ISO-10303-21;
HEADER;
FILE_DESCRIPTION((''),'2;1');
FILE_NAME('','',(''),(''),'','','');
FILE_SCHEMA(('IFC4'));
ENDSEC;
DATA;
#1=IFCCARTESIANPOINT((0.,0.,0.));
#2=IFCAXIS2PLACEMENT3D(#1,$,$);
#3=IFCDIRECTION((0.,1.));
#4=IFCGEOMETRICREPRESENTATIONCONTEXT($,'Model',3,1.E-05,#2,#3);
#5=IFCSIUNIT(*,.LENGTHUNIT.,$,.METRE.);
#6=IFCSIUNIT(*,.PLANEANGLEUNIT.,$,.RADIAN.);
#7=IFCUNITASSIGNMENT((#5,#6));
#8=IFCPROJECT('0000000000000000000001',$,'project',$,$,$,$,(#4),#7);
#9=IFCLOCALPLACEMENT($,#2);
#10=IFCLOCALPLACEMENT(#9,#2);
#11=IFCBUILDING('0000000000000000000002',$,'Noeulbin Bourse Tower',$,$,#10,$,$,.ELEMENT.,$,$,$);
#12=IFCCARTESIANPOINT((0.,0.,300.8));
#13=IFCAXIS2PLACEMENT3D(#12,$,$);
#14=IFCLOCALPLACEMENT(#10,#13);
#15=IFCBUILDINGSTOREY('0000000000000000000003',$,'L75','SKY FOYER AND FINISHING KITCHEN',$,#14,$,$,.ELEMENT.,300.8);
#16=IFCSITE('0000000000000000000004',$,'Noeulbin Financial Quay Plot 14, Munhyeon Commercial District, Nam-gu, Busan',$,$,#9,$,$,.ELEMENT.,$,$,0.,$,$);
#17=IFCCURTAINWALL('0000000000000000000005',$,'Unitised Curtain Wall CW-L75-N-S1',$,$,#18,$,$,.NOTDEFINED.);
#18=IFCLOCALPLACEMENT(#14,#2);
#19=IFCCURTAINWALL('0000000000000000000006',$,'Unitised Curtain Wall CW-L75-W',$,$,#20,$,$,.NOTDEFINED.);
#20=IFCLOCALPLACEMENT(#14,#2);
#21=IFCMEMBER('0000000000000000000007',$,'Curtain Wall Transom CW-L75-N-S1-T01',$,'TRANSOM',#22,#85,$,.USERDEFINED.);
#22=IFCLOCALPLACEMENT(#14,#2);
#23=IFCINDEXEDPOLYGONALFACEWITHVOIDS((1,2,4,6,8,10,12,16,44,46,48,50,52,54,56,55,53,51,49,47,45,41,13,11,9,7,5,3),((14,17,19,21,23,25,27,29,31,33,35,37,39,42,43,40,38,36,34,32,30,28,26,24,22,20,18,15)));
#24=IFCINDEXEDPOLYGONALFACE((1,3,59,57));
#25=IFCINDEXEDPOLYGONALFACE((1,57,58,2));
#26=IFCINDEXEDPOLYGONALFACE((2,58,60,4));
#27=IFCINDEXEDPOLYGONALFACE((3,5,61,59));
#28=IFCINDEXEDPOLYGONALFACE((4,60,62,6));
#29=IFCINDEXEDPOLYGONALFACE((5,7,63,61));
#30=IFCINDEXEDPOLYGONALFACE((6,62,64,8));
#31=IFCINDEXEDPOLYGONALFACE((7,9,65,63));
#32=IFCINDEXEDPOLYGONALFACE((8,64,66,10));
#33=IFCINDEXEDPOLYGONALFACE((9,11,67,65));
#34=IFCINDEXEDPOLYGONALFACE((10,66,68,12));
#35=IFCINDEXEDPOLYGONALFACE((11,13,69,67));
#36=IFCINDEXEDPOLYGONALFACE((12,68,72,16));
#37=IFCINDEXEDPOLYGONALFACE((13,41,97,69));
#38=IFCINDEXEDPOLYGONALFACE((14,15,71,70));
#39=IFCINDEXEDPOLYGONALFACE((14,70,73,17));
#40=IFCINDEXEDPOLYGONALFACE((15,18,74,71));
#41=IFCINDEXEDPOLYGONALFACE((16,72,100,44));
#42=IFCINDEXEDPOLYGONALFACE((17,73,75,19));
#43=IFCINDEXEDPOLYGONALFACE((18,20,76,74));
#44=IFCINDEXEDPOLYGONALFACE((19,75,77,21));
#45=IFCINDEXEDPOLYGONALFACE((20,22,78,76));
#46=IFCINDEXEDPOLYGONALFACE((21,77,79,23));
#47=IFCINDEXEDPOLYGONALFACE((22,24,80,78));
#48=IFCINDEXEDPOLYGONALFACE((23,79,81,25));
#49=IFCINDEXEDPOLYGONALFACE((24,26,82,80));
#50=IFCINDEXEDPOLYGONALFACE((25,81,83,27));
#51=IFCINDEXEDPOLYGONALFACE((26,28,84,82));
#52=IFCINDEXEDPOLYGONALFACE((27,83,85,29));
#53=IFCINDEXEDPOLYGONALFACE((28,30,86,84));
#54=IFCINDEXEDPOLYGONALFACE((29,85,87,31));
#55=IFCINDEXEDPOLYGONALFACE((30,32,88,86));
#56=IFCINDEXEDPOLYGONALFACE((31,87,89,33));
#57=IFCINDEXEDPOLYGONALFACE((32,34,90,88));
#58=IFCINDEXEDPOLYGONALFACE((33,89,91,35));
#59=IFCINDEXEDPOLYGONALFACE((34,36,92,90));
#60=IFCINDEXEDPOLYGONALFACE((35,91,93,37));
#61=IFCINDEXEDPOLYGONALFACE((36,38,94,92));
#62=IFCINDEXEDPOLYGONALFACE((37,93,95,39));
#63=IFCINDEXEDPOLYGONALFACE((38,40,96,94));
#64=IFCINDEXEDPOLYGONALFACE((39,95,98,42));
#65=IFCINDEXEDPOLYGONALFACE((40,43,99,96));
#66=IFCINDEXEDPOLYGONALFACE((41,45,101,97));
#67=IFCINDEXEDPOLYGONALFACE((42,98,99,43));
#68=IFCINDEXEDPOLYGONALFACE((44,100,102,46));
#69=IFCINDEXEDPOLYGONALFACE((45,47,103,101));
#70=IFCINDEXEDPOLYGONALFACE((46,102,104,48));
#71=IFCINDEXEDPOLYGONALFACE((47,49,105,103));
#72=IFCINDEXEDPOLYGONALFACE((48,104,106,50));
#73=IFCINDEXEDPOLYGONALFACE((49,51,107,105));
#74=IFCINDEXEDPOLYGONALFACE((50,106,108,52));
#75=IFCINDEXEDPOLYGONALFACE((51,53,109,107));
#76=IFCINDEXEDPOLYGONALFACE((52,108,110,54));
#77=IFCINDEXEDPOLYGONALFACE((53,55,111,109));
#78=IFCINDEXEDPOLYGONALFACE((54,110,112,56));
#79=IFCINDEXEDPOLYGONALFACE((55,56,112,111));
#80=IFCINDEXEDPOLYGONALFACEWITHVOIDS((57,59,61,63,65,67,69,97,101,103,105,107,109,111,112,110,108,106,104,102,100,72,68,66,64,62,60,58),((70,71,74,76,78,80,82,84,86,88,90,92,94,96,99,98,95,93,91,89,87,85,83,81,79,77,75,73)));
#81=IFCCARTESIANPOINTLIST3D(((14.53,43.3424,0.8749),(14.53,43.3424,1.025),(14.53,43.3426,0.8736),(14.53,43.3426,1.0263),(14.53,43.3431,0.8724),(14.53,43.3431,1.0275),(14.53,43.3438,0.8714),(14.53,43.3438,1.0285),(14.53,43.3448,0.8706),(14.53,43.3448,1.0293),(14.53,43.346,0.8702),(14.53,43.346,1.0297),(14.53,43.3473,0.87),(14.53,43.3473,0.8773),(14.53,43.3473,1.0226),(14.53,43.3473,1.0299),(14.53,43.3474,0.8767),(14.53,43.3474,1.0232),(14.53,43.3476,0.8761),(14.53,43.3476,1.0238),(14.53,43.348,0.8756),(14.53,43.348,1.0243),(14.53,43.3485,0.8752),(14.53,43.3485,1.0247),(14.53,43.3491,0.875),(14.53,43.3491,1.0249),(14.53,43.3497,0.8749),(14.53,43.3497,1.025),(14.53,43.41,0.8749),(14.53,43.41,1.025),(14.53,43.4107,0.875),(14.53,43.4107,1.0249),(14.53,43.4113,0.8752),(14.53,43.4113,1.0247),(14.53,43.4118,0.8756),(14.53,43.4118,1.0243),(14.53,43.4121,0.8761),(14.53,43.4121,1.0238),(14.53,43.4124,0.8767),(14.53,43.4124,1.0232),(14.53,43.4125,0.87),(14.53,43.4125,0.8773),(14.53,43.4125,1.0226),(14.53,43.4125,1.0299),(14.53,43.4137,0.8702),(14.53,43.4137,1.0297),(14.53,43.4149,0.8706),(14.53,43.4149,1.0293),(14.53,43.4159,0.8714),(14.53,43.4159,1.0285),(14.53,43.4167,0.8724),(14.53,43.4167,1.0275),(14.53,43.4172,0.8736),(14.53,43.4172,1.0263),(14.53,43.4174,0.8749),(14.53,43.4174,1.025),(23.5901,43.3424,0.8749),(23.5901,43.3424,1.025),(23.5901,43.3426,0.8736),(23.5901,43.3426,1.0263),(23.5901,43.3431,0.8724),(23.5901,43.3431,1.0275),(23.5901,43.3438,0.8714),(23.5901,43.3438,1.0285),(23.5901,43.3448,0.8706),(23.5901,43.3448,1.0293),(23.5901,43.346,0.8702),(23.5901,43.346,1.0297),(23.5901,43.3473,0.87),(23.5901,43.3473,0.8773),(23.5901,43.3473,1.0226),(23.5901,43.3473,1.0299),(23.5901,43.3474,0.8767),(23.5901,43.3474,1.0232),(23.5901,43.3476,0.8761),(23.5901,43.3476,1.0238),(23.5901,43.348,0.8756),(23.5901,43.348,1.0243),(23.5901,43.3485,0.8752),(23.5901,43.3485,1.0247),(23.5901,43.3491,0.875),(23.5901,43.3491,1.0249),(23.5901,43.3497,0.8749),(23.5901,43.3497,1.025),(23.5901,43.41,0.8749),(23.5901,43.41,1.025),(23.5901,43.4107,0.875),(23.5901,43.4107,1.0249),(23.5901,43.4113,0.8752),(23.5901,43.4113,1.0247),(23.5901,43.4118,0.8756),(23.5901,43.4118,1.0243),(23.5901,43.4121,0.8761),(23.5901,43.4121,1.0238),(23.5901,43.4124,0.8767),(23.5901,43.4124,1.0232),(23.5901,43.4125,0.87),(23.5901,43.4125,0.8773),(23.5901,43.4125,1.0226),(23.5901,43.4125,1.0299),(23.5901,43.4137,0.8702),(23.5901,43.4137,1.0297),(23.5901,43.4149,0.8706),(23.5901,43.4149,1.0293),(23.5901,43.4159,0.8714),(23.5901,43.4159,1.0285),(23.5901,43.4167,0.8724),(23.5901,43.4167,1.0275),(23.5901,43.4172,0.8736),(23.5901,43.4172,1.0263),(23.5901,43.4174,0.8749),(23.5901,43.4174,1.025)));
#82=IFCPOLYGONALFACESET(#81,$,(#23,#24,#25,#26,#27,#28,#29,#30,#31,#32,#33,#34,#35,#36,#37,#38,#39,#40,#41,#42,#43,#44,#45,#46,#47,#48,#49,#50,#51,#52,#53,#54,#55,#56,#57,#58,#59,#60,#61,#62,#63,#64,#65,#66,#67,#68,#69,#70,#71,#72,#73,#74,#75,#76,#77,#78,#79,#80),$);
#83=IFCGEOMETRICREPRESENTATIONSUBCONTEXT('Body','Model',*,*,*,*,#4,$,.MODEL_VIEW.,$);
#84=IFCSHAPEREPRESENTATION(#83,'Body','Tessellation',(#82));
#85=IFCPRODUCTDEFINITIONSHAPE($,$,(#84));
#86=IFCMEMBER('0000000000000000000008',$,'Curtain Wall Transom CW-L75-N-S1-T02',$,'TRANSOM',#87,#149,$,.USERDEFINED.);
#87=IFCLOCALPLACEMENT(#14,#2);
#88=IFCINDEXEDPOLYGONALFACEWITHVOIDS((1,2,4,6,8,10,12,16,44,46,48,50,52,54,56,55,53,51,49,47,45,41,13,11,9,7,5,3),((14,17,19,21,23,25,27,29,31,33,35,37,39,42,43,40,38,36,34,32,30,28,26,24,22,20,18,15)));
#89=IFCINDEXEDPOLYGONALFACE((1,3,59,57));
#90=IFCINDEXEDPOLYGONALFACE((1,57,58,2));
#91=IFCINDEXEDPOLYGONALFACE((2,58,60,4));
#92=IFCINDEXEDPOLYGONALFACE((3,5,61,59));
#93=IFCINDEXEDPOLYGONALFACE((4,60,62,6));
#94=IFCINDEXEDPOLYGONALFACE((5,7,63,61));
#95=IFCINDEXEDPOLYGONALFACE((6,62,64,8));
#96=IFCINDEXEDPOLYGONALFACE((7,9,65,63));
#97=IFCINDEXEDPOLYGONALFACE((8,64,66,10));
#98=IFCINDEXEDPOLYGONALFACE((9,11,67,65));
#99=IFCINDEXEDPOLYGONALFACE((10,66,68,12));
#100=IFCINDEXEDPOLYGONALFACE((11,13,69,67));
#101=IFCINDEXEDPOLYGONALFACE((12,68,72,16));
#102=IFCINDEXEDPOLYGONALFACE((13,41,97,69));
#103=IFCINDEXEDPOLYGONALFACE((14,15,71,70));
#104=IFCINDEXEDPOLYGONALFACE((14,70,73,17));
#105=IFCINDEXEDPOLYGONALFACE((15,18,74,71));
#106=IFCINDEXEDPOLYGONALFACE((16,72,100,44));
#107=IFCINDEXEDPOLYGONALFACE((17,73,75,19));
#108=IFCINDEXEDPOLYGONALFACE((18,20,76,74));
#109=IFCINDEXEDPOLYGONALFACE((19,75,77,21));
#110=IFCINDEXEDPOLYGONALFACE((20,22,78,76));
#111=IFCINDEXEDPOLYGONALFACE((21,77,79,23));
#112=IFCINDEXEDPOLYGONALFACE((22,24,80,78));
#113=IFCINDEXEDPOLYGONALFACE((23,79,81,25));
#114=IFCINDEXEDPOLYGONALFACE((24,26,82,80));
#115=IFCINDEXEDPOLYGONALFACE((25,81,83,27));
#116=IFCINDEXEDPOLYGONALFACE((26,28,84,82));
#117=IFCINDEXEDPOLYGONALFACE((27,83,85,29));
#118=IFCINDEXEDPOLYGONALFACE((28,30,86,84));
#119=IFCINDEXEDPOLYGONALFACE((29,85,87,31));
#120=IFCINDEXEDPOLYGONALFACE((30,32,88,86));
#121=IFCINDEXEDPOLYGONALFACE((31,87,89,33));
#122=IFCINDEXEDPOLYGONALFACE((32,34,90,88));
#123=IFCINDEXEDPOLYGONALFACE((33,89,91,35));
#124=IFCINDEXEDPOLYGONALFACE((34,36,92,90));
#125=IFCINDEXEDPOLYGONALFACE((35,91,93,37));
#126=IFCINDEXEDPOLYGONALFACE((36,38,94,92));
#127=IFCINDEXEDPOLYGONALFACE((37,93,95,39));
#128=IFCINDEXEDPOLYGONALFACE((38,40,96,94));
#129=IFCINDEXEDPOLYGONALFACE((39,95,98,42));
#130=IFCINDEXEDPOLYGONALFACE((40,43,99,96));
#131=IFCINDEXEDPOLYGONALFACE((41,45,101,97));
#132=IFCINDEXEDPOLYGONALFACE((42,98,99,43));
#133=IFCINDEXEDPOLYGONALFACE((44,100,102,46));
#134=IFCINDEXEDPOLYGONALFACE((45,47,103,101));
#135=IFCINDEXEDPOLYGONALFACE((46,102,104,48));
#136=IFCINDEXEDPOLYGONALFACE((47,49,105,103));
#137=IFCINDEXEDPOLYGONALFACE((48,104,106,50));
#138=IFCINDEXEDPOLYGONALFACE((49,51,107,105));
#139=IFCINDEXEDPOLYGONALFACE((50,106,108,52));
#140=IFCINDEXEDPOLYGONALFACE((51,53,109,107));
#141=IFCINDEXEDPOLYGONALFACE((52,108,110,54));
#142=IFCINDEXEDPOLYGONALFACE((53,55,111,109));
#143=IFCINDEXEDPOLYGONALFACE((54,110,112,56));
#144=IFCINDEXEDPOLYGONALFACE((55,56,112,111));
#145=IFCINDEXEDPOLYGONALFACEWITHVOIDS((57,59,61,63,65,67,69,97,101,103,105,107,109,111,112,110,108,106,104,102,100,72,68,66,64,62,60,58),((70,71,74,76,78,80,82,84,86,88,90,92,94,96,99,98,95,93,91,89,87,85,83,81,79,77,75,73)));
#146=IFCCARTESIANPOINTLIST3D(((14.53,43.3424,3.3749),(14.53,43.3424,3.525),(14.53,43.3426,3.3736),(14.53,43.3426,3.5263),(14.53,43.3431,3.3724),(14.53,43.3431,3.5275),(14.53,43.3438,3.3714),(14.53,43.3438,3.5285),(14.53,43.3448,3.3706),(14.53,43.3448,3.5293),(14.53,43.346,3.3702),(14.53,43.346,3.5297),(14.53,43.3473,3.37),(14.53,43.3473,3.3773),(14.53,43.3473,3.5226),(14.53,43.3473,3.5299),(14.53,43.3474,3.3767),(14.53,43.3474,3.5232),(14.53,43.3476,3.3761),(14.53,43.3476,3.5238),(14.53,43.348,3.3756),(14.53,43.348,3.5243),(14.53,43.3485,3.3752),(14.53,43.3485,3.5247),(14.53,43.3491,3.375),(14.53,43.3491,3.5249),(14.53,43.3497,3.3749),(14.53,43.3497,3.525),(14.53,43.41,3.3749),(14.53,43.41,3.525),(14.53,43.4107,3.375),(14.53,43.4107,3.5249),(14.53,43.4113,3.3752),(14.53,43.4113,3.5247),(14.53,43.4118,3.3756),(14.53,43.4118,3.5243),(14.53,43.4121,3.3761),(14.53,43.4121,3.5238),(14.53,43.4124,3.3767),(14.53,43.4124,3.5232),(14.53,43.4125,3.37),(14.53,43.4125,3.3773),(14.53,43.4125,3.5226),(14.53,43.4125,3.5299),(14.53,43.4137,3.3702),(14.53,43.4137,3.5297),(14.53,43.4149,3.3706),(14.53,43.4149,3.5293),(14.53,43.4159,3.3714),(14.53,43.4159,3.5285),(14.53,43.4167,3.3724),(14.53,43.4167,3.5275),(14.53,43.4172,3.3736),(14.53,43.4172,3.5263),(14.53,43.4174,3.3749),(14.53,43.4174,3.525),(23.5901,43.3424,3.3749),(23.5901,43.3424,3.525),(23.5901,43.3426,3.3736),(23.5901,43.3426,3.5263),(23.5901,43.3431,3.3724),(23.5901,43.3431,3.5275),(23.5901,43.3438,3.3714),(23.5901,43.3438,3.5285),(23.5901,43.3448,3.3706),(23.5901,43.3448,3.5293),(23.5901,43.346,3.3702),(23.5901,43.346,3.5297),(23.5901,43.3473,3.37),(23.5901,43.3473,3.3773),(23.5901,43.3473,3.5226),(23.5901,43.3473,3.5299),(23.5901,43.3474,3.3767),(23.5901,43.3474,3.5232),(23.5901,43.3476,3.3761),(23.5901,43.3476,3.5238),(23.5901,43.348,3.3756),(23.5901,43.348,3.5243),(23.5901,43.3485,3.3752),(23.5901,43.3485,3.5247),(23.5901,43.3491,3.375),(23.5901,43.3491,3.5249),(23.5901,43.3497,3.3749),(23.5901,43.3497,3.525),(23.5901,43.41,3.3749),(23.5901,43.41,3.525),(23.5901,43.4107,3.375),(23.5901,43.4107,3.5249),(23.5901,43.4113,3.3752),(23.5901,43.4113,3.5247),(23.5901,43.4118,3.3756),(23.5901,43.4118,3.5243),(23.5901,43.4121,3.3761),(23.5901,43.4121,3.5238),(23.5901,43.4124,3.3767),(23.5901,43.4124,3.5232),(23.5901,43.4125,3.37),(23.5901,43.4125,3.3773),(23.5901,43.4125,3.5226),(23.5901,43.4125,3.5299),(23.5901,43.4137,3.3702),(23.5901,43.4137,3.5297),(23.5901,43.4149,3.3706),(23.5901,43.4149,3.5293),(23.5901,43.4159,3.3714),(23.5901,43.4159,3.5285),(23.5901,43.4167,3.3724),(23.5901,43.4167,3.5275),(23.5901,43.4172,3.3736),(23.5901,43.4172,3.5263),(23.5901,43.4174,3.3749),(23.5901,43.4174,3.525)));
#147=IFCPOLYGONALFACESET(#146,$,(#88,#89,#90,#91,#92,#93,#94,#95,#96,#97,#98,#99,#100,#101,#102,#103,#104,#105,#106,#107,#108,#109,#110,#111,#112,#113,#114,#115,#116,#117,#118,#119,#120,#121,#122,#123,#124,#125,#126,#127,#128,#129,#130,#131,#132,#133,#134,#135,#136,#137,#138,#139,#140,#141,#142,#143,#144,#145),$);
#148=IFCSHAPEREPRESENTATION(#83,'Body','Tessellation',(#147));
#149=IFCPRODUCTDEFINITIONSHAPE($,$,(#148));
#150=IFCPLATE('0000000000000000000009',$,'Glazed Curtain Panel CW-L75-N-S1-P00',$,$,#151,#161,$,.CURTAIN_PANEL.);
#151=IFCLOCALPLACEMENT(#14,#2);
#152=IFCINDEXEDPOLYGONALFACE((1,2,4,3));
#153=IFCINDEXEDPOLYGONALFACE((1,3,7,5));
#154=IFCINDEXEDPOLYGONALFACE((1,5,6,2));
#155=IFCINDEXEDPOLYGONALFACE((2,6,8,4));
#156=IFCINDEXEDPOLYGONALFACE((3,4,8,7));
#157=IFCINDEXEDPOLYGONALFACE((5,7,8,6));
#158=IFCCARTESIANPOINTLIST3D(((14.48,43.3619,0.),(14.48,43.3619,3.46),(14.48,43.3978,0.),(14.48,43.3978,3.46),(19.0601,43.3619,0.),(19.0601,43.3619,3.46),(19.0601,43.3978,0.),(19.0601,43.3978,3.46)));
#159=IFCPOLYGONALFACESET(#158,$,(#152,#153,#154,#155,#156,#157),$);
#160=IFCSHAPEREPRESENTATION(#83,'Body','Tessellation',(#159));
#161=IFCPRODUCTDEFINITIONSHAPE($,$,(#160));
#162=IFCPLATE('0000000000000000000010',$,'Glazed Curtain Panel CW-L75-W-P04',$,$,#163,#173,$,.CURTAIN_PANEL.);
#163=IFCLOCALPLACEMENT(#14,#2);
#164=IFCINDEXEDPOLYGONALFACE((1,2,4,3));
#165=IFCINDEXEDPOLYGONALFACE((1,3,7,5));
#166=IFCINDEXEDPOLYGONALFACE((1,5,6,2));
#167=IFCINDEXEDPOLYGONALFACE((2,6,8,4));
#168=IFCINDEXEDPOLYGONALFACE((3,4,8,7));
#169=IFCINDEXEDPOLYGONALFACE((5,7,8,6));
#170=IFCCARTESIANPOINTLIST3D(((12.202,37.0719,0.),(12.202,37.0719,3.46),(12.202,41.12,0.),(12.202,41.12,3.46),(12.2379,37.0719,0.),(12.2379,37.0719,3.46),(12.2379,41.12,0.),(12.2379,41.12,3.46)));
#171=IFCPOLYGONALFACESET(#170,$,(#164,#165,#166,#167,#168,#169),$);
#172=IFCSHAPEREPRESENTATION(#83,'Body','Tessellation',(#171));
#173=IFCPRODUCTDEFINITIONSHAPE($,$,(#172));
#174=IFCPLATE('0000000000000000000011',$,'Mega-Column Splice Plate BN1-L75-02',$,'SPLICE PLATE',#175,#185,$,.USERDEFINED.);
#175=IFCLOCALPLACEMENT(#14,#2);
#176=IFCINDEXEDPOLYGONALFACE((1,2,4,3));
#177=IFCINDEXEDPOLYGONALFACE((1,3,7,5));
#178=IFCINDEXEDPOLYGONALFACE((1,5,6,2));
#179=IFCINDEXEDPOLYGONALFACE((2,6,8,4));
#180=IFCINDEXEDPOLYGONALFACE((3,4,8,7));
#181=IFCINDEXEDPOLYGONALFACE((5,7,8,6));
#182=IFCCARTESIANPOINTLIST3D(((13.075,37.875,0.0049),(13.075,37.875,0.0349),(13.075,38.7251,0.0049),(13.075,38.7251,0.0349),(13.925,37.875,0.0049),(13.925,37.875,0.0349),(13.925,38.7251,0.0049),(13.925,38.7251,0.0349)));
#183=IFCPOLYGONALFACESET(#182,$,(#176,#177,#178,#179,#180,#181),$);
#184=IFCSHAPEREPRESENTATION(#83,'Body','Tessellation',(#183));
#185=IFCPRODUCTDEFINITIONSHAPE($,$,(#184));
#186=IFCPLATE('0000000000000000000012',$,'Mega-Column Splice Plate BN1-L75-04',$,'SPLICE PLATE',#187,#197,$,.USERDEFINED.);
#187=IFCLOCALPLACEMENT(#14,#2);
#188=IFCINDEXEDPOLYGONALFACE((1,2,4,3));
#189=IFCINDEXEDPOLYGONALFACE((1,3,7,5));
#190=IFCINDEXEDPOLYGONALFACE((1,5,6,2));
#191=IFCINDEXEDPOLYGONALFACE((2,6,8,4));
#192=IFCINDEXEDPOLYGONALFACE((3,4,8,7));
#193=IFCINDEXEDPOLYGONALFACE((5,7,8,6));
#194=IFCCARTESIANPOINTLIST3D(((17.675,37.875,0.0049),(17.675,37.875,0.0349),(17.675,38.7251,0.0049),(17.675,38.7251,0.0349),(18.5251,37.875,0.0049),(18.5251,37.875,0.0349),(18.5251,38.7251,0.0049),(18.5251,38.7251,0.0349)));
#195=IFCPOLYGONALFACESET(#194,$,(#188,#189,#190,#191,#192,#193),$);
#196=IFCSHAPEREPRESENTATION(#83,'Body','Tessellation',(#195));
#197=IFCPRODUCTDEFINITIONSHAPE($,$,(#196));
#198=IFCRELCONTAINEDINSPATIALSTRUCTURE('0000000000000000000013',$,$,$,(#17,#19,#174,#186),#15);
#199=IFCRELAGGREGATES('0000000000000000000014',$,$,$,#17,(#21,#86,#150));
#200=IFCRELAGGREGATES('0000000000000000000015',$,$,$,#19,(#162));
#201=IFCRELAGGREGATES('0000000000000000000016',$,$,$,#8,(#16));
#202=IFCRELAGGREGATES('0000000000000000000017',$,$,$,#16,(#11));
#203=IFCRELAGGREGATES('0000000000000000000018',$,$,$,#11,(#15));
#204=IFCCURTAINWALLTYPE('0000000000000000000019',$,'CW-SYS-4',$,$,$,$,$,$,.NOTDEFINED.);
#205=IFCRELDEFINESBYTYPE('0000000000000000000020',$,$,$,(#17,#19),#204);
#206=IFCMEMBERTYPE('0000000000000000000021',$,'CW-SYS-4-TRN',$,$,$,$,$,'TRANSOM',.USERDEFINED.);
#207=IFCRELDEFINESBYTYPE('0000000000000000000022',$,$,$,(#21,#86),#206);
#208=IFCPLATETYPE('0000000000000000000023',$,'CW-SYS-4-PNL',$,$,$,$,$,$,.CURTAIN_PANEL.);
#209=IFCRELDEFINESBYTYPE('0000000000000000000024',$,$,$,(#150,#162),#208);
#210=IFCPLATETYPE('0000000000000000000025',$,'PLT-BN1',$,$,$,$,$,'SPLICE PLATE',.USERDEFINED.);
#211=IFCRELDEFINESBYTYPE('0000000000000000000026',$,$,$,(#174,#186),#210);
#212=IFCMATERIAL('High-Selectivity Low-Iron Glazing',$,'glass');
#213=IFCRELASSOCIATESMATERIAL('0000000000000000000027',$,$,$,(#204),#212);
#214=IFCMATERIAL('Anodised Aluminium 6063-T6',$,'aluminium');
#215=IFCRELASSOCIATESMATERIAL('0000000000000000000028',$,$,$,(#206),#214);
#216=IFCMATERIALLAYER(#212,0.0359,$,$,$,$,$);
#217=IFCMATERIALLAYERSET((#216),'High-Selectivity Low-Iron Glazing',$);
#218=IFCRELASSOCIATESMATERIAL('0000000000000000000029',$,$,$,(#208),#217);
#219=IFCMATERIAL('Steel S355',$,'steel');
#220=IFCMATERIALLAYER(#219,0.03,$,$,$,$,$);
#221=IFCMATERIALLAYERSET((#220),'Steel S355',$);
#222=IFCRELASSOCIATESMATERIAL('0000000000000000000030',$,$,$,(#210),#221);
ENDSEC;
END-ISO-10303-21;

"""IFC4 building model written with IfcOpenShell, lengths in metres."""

from ifc_helpers import new_model, si_unit, direction, frame, origin, origin_2d, place, context, subcontext, project, spatial, rectangle, hollow_rectangle, extrude, material, layer, layer_set, material_profile, profile_set, type_object, element, aggregate, save


model = new_model("IFC4")

# Units and contexts
model_context = context("Model", 3, precision=1e-05, world=origin(), true_north=direction((0.0, 1.0)))
body_context = subcontext(model_context, "Body", "Model", "MODEL_VIEW")
ifc_project = project(units=[si_unit("LENGTHUNIT", "METRE"), si_unit("PLANEANGLEUNIT", "RADIAN")], contexts=[model_context])

# Site, building, storey
site_placement = place(None, origin())
site = spatial("IfcSite", under=ifc_project, at=site_placement, Name="Noeulbin Financial Quay Plot 14, Munhyeon Commercial District, Nam-gu, Busan", CompositionType="ELEMENT", RefElevation=0.0)
building_placement = place(site_placement, origin())
building = spatial("IfcBuilding", under=site, at=building_placement, Name="Noeulbin Bourse Tower", CompositionType="ELEMENT")
storey_placement = place(building_placement, frame((0.0, 0.0, 300.8)))
storey = spatial("IfcBuildingStorey", under=building, at=storey_placement, Name="L75", Description="SKY FOYER AND FINISHING KITCHEN", CompositionType="ELEMENT", Elevation=300.8)

# Shared definitions
ifc_material_1 = material(Name="Steel S355", Category="steel")

# Curtain wall
ifc_material_2 = material(Name="High-Selectivity Low-Iron Glazing", Category="glass")
curtain_wall_type = type_object("IfcCurtainWallType", Name="CW-SYS-4", PredefinedType="NOTDEFINED", material=ifc_material_2)
curtain_wall_1_placement = place(storey_placement, origin())
curtain_wall_1 = element("IfcCurtainWall", 1, at=curtain_wall_1_placement, inside=storey, type_object=curtain_wall_type, Name="Unitised Curtain Wall CW-L75-N-S1", PredefinedType="NOTDEFINED")
ifc_material_3 = material(Name="Anodised Aluminium 6063-T6", Category="aluminium")

# Curtain wall
curtain_wall_2_placement = place(storey_placement, origin())
curtain_wall_2 = element("IfcCurtainWall", 2, at=curtain_wall_2_placement, inside=storey, type_object=curtain_wall_type, Name="Unitised Curtain Wall CW-L75-W", PredefinedType="NOTDEFINED")

# Members
ifc_material_profile_1 = material_profile(ifc_material_3, hollow_rectangle(XDim=0.075, YDim=0.1599, WallThickness=0.0049, InnerFilletRadius=0.0024, OuterFilletRadius=0.0049, at=origin_2d()), Name="ALU-TRAN-75x160x5", Category="LoadBearing")
ifc_profile_set_1 = profile_set([ifc_material_profile_1], Name="Anodised Aluminium 6063-T6")
member_type_1 = type_object("IfcMemberType", Name="CW-SYS-4-TRN", ElementType="TRANSOM", PredefinedType="USERDEFINED", material=ifc_profile_set_1)
member_1_placement = place(storey_placement, frame((14.53, 43.3799, 0.95), z_axis=(1.0, 0.0, 0.0), x_axis=(0.0, 1.0, 0.0)))
member_1 = element("IfcMember", 3, at=member_1_placement, type_object=member_type_1, Name="Curtain Wall Transom CW-L75-N-S1-T01", ObjectType="TRANSOM", PredefinedType="USERDEFINED", context=body_context, shape_type="SweptSolid", body=[
    extrude(hollow_rectangle(XDim=0.075, YDim=0.1599, WallThickness=0.0049, InnerFilletRadius=0.0024, OuterFilletRadius=0.0049, at=origin_2d()), origin(), (0.0, 0.0, 1.0), 9.0601),
])
member_2_placement = place(storey_placement, frame((14.53, 43.3799, 3.45), z_axis=(1.0, 0.0, 0.0), x_axis=(0.0, 1.0, 0.0)))
member_2 = element("IfcMember", 4, at=member_2_placement, type_object=member_type_1, Name="Curtain Wall Transom CW-L75-N-S1-T02", ObjectType="TRANSOM", PredefinedType="USERDEFINED", context=body_context, shape_type="SweptSolid", body=[
    extrude(hollow_rectangle(XDim=0.075, YDim=0.1599, WallThickness=0.0049, InnerFilletRadius=0.0024, OuterFilletRadius=0.0049, at=origin_2d()), origin(), (0.0, 0.0, 1.0), 9.0601),
])

# Plates
ifc_layer_1 = layer(ifc_material_2, 0.0359)
ifc_layer_set_1 = layer_set([ifc_layer_1], Name="High-Selectivity Low-Iron Glazing")
plate_type_1 = type_object("IfcPlateType", Name="CW-SYS-4-PNL", PredefinedType="CURTAIN_PANEL", material=ifc_layer_set_1)
plate_1_placement = place(storey_placement, frame((16.77, 43.3799, 0.0), z_axis=(0.0, 0.0, 1.0), x_axis=(1.0, 0.0, 0.0)))
plate_1 = element("IfcPlate", 5, at=plate_1_placement, type_object=plate_type_1, Name="Glazed Curtain Panel CW-L75-N-S1-P00", PredefinedType="CURTAIN_PANEL", context=body_context, shape_type="SweptSolid", body=[
    extrude(rectangle(XDim=4.5801, YDim=0.0359, at=origin_2d()), origin(), (0.0, 0.0, 1.0), 3.46),
])
aggregate(curtain_wall_1, [member_1, member_2, plate_1])
plate_2_placement = place(storey_placement, frame((12.22, 39.0959, 0.0), z_axis=(0.0, 0.0, 1.0), x_axis=(0.0, 1.0, 0.0)))
plate_2 = element("IfcPlate", 6, at=plate_2_placement, type_object=plate_type_1, Name="Glazed Curtain Panel CW-L75-W-P04", PredefinedType="CURTAIN_PANEL", context=body_context, shape_type="SweptSolid", body=[
    extrude(rectangle(XDim=4.0481, YDim=0.0359, at=origin_2d()), origin(), (0.0, 0.0, 1.0), 3.46),
])
aggregate(curtain_wall_2, [plate_2])

# Plates
ifc_layer_2 = layer(ifc_material_1, 0.03)
ifc_layer_set_2 = layer_set([ifc_layer_2], Name="Steel S355")
plate_type_2 = type_object("IfcPlateType", Name="PLT-BN1", ElementType="SPLICE PLATE", PredefinedType="USERDEFINED", material=ifc_layer_set_2)
for number, where, z_axis, x_axis, name in (
    (7, (13.5, 38.3, 0.0049), (0.0, 0.0, 1.0), (1.0, 0.0, 0.0), "Mega-Column Splice Plate BN1-L75-02"),
    (8, (18.1001, 38.3, 0.0049), (0.0, 0.0, 1.0), (1.0, 0.0, 0.0), "Mega-Column Splice Plate BN1-L75-04"),
):
    element("IfcPlate", number, at=place(storey_placement, frame(where, z_axis=z_axis, x_axis=x_axis)), inside=storey, type_object=plate_type_2, Name=name, ObjectType="SPLICE PLATE", PredefinedType="USERDEFINED", context=body_context, shape_type="SweptSolid", body=[
        extrude(rectangle(XDim=0.8501, YDim=0.8501, at=origin_2d()), origin(), (0.0, 0.0, 1.0), 0.03),
    ])

save(model, "model.ifc")
